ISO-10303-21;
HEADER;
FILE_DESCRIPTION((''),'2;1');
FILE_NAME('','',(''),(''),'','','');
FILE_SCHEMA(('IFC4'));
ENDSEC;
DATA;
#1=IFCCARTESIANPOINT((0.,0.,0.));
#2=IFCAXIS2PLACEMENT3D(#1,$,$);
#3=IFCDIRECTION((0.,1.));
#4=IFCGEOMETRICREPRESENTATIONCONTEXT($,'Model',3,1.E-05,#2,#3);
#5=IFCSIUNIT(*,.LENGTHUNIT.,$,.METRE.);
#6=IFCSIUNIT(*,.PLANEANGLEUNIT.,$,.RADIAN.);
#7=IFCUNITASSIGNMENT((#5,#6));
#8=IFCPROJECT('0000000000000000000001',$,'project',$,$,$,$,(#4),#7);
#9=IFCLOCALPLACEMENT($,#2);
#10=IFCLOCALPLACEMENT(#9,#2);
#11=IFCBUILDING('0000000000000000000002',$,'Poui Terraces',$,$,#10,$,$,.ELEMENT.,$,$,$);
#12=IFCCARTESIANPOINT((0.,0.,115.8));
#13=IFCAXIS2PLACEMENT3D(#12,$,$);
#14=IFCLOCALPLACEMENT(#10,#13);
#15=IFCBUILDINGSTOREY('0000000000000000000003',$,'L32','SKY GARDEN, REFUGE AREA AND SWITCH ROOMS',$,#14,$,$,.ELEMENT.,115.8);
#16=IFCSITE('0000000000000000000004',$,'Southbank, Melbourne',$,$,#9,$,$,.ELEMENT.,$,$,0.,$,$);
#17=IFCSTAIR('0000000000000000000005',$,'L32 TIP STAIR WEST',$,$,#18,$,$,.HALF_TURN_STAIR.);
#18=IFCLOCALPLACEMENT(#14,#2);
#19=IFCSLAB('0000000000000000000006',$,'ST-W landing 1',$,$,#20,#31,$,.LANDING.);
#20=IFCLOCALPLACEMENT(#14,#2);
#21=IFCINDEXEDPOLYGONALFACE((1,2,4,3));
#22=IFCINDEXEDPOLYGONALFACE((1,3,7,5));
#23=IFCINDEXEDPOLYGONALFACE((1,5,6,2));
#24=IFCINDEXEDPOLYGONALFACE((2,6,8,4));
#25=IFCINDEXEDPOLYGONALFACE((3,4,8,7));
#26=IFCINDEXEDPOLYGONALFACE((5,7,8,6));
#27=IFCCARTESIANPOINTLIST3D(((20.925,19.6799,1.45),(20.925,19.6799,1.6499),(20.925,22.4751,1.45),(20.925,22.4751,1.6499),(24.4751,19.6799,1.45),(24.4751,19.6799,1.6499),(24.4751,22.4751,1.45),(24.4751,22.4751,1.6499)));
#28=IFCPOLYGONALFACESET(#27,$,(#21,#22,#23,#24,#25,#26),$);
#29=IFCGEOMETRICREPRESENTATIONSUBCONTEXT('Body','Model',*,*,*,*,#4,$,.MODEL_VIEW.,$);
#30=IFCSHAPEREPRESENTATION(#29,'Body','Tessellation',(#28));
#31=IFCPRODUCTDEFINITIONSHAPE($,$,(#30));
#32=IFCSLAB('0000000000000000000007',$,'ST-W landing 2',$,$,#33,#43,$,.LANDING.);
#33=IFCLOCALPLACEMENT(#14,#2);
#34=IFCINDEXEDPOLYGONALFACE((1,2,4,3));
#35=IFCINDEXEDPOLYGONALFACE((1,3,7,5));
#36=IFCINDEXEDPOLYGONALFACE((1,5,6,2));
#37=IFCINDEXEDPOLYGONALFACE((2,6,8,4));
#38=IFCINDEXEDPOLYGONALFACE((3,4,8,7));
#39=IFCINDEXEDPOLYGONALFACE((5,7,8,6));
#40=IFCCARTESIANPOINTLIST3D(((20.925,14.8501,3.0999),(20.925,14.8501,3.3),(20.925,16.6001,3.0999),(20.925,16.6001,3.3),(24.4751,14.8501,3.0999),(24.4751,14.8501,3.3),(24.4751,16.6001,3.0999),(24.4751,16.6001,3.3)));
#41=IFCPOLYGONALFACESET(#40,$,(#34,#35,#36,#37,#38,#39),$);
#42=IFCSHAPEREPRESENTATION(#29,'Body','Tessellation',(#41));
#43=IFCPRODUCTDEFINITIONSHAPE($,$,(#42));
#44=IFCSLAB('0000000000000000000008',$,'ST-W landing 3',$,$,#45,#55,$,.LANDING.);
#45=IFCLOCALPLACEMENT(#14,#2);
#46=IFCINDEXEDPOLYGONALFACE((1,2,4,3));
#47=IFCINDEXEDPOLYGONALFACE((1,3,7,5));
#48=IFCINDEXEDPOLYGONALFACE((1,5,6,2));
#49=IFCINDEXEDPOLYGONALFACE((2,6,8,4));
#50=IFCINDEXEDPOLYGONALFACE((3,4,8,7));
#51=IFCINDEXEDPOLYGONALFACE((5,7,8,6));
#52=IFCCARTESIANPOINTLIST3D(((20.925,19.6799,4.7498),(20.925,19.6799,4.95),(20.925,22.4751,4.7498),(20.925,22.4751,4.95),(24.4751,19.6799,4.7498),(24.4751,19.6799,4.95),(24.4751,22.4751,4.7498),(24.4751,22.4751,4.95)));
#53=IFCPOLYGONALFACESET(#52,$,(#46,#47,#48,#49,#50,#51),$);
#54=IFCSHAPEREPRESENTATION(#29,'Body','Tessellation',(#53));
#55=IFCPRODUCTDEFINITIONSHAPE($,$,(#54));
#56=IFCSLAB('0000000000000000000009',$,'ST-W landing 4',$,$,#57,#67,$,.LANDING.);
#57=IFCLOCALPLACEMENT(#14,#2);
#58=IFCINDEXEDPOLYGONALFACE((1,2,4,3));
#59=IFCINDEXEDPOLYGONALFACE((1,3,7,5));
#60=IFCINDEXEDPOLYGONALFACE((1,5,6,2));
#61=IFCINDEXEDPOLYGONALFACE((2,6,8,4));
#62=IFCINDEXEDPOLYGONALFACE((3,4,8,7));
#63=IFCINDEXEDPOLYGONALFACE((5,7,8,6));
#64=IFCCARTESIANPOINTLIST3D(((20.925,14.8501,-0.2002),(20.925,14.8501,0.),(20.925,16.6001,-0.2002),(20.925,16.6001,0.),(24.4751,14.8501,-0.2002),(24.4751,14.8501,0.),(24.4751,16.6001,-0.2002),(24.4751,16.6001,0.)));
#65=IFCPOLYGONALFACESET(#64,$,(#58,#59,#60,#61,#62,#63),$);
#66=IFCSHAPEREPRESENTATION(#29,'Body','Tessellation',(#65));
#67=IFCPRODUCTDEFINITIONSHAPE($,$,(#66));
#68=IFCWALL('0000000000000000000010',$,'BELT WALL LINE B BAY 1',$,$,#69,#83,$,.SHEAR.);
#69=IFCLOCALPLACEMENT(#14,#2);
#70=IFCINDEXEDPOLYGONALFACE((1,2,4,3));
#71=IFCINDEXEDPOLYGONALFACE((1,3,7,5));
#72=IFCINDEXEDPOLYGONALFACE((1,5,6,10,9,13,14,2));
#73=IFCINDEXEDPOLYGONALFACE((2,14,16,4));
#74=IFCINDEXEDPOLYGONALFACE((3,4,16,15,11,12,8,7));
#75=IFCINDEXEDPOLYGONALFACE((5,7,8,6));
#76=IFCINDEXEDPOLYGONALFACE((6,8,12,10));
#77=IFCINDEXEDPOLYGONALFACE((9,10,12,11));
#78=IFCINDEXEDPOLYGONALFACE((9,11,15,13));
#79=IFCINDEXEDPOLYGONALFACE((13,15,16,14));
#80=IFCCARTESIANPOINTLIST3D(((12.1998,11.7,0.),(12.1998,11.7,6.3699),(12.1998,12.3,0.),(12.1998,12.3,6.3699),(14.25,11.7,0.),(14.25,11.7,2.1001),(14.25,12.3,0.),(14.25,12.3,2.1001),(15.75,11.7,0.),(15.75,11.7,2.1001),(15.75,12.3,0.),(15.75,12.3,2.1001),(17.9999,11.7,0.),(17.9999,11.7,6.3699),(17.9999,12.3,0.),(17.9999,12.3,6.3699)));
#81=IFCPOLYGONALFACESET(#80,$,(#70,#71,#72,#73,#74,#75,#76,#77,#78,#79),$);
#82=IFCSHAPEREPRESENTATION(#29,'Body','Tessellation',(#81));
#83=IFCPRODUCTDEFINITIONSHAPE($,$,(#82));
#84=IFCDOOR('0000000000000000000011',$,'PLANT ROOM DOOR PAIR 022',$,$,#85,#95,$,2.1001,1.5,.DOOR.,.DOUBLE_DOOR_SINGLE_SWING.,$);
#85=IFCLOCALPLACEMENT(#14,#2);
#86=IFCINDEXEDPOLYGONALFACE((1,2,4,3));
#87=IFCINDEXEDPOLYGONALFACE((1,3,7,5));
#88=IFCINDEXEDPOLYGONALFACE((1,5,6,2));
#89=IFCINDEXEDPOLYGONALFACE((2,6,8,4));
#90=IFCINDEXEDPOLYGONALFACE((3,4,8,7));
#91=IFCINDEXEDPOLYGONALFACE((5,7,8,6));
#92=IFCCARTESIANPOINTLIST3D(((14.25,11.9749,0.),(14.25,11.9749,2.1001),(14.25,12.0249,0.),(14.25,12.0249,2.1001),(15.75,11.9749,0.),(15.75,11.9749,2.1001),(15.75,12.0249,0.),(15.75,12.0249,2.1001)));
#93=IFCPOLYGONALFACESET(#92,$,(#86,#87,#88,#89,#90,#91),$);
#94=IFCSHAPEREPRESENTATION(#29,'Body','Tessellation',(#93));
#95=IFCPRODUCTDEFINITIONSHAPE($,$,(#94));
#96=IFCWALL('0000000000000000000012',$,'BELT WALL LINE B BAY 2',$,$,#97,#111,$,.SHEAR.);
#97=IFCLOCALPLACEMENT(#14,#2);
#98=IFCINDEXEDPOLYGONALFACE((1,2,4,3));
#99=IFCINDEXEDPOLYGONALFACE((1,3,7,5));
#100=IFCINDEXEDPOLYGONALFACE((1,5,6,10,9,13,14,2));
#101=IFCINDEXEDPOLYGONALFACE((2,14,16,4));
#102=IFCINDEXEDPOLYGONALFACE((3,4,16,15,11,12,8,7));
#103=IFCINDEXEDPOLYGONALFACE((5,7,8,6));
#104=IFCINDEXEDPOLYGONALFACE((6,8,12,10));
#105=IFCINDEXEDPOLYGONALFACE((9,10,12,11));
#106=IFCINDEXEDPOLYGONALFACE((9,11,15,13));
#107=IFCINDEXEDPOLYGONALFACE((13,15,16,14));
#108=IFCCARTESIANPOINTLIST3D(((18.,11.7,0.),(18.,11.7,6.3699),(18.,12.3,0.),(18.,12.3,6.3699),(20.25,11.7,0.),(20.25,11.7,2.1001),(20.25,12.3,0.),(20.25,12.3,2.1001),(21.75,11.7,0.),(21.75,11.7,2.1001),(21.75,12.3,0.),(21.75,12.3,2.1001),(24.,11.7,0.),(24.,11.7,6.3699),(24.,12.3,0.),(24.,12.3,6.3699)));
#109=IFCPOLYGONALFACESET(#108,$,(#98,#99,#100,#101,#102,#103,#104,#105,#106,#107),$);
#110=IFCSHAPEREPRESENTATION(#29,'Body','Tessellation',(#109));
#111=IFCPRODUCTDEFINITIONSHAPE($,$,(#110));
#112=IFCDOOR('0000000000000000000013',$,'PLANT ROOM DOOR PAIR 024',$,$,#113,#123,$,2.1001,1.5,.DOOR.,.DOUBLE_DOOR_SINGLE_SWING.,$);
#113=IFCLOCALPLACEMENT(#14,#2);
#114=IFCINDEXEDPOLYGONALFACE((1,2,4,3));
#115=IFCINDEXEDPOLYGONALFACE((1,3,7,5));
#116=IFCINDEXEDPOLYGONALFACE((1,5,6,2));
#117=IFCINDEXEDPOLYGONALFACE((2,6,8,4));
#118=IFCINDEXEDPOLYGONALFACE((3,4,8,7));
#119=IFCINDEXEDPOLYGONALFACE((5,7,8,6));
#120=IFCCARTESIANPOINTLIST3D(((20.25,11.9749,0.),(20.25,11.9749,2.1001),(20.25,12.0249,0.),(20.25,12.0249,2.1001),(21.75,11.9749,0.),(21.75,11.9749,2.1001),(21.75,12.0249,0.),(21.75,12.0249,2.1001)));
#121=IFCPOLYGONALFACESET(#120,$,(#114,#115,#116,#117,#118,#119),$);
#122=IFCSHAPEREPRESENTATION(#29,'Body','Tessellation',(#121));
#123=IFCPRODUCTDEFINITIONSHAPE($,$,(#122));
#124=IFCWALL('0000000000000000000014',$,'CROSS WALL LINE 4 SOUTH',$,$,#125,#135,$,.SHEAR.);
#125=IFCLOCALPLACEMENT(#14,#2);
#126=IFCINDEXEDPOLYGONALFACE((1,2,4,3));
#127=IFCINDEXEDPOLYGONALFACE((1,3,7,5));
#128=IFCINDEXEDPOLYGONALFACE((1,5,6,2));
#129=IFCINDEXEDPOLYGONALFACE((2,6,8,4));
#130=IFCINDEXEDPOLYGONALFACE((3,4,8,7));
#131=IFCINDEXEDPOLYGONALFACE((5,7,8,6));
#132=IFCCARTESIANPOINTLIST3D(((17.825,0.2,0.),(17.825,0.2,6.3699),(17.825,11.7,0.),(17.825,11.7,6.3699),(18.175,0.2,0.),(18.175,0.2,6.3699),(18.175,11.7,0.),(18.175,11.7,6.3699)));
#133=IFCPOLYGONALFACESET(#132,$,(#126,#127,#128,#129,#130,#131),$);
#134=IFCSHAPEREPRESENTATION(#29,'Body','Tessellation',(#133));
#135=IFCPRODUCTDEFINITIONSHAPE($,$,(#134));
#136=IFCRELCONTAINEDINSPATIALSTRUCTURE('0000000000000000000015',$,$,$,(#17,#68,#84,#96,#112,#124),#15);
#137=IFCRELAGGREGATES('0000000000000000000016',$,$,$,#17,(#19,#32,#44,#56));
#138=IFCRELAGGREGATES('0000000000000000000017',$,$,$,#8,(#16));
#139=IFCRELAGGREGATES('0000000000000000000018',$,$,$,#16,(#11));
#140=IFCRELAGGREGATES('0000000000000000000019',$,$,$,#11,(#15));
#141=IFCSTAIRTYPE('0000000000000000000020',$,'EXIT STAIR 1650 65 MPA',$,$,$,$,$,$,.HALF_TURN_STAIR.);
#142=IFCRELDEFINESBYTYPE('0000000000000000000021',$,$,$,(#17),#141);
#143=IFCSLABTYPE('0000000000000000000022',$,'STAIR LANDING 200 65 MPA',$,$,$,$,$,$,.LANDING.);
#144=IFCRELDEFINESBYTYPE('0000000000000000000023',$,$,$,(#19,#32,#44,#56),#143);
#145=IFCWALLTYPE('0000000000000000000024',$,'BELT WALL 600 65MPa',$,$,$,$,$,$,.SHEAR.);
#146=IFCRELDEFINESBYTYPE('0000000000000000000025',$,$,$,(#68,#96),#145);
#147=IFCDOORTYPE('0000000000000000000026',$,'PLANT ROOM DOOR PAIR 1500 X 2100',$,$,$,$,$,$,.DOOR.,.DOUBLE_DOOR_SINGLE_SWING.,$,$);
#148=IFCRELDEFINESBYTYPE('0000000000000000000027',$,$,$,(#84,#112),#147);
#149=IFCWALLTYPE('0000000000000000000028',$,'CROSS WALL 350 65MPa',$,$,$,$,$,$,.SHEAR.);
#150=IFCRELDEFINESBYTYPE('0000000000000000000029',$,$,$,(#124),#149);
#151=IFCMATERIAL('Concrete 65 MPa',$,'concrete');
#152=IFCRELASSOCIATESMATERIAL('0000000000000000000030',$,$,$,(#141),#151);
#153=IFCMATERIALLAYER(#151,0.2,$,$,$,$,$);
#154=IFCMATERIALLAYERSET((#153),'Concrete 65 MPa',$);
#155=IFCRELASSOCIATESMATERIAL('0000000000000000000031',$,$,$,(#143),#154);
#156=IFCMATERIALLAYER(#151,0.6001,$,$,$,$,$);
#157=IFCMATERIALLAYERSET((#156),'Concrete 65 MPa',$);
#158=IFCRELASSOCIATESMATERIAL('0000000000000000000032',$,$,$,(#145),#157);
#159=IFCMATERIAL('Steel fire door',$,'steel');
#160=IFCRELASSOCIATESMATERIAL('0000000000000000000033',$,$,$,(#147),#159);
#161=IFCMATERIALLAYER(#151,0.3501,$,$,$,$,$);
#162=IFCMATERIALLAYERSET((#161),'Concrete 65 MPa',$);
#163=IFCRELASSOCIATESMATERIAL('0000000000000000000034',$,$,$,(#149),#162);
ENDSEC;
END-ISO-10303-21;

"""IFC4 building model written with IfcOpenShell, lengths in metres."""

from ifc_helpers import new_model, si_unit, direction, frame, frame_2d, origin, place, context, subcontext, project, spatial, polyline, rectangle, outline, extrude, material, layer, layer_set, type_object, element, fill, aggregate, save


model = new_model("IFC4")

# Units and contexts
model_context = context("Model", 3, precision=1e-05, world=origin(), true_north=direction((0.0, 1.0)))
body_context = subcontext(model_context, "Body", "Model", "MODEL_VIEW")
ifc_project = project(units=[si_unit("LENGTHUNIT", "METRE"), si_unit("PLANEANGLEUNIT", "RADIAN")], contexts=[model_context])

# Site, building, storey
site_placement = place(None, origin())
site = spatial("IfcSite", under=ifc_project, at=site_placement, Name="Southbank, Melbourne", CompositionType="ELEMENT", RefElevation=0.0)
building_placement = place(site_placement, origin())
building = spatial("IfcBuilding", under=site, at=building_placement, Name="Poui Terraces", CompositionType="ELEMENT")
storey_placement = place(building_placement, frame((0.0, 0.0, 115.8)))
storey = spatial("IfcBuildingStorey", under=building, at=storey_placement, Name="L32", Description="SKY GARDEN, REFUGE AREA AND SWITCH ROOMS", CompositionType="ELEMENT", Elevation=115.8)

# Stair, slabs
ifc_material_1 = material(Name="Concrete 65 MPa", Category="concrete")
stair_type = type_object("IfcStairType", Name="EXIT STAIR 1650 65 MPA", PredefinedType="HALF_TURN_STAIR", material=ifc_material_1)
stair_placement = place(storey_placement, origin())
stair = element("IfcStair", 1, at=stair_placement, inside=storey, type_object=stair_type, Name="L32 TIP STAIR WEST", PredefinedType="HALF_TURN_STAIR")
ifc_layer_1 = layer(ifc_material_1, 0.2)
ifc_layer_set_1 = layer_set([ifc_layer_1], Name="Concrete 65 MPa")
slab_type = type_object("IfcSlabType", Name="STAIR LANDING 200 65 MPA", PredefinedType="LANDING", material=ifc_layer_set_1)
slab_1_placement = place(storey_placement, frame((0.0, 0.0, 1.45)))
slab_1 = element("IfcSlab", 2, at=slab_1_placement, type_object=slab_type, Name="ST-W landing 1", PredefinedType="LANDING", context=body_context, shape_type="SweptSolid", body=[
    extrude(outline(polyline([(20.925, 19.6799), (24.4751, 19.6799), (24.4751, 22.4751), (20.925, 22.4751), (20.925, 19.6799)])), origin(), (0.0, 0.0, 1.0), 0.2),
])
slab_2_placement = place(storey_placement, frame((0.0, 0.0, 3.0999)))
slab_2 = element("IfcSlab", 3, at=slab_2_placement, type_object=slab_type, Name="ST-W landing 2", PredefinedType="LANDING", context=body_context, shape_type="SweptSolid", body=[
    extrude(outline(polyline([(20.925, 14.8501), (24.4751, 14.8501), (24.4751, 16.6001), (20.925, 16.6001), (20.925, 14.8501)])), origin(), (0.0, 0.0, 1.0), 0.2002),
])
slab_3_placement = place(storey_placement, frame((0.0, 0.0, 4.7498)))
slab_3 = element("IfcSlab", 4, at=slab_3_placement, type_object=slab_type, Name="ST-W landing 3", PredefinedType="LANDING", context=body_context, shape_type="SweptSolid", body=[
    extrude(outline(polyline([(20.925, 19.6799), (24.4751, 19.6799), (24.4751, 22.4751), (20.925, 22.4751), (20.925, 19.6799)])), origin(), (0.0, 0.0, 1.0), 0.2002),
])
slab_4_placement = place(storey_placement, frame((0.0, 0.0, -0.2002)))
slab_4 = element("IfcSlab", 5, at=slab_4_placement, type_object=slab_type, Name="ST-W landing 4", PredefinedType="LANDING", context=body_context, shape_type="SweptSolid", body=[
    extrude(outline(polyline([(20.925, 14.8501), (24.4751, 14.8501), (24.4751, 16.6001), (20.925, 16.6001), (20.925, 14.8501)])), origin(), (0.0, 0.0, 1.0), 0.2002),
])
aggregate(stair, [slab_1, slab_2, slab_3, slab_4])

# Walls, openings, doors
ifc_layer_2 = layer(ifc_material_1, 0.6001)
ifc_layer_set_2 = layer_set([ifc_layer_2], Name="Concrete 65 MPa")
wall_type_1 = type_object("IfcWallType", Name="BELT WALL 600 65MPa", PredefinedType="SHEAR", material=ifc_layer_set_2)
wall_1_placement = place(storey_placement, frame((12.2, 12.0, 0.0), z_axis=(0.0, 0.0, 1.0), x_axis=(1.0, 0.0, 0.0)))
wall_1 = element("IfcWall", 6, at=wall_1_placement, inside=storey, type_object=wall_type_1, Name="BELT WALL LINE B BAY 1", PredefinedType="SHEAR", context=body_context, shape_type="SweptSolid", body=[
    extrude(rectangle(XDim=5.8, YDim=0.6001, at=frame_2d((2.8999, 0.0))), origin(), (0.0, 0.0, 1.0), 6.3699),
])
opening_1_placement = place(wall_1_placement, frame((2.05, 0.0, 0.0)))
opening_1 = element("IfcOpeningElement", 7, at=opening_1_placement, cuts=wall_1, PredefinedType="OPENING", context=body_context, shape_type="SweptSolid", body=[
    extrude(rectangle(XDim=1.5, YDim=2.1001, at=frame_2d((0.75, 1.05))), frame((0.0, 0.3101, 0.0), z_axis=(0.0, -1.0, 0.0), x_axis=(1.0, 0.0, 0.0)), (0.0, 0.0, 1.0), 0.6201),
])
ifc_material_2 = material(Name="Steel fire door", Category="steel")
door_type_1 = type_object("IfcDoorType", Name="PLANT ROOM DOOR PAIR 1500 X 2100", OperationType="DOUBLE_DOOR_SINGLE_SWING", PredefinedType="DOOR", material=ifc_material_2)
door_1_placement = place(opening_1_placement, origin())
door_1 = element("IfcDoor", 8, at=door_1_placement, inside=storey, type_object=door_type_1, Name="PLANT ROOM DOOR PAIR 022", OperationType="DOUBLE_DOOR_SINGLE_SWING", OverallHeight=2.1001, OverallWidth=1.5, PredefinedType="DOOR", context=body_context, shape_type="SweptSolid", body=[
    extrude(rectangle(XDim=1.5, YDim=2.1001, at=frame_2d((0.75, 1.05))), frame((0.0, 0.0249, 0.0), z_axis=(0.0, -1.0, 0.0), x_axis=(1.0, 0.0, 0.0)), (0.0, 0.0, 1.0), 0.05),
])
fill(opening_1, door_1)
wall_2_placement = place(storey_placement, frame((18.0, 12.0, 0.0), z_axis=(0.0, 0.0, 1.0), x_axis=(1.0, 0.0, 0.0)))
wall_2 = element("IfcWall", 9, at=wall_2_placement, inside=storey, type_object=wall_type_1, Name="BELT WALL LINE B BAY 2", PredefinedType="SHEAR", context=body_context, shape_type="SweptSolid", body=[
    extrude(rectangle(XDim=6.0, YDim=0.6001, at=frame_2d((3.0, 0.0))), origin(), (0.0, 0.0, 1.0), 6.3699),
])
opening_2_placement = place(wall_2_placement, frame((2.25, 0.0, 0.0)))
opening_2 = element("IfcOpeningElement", 10, at=opening_2_placement, cuts=wall_2, PredefinedType="OPENING", context=body_context, shape_type="SweptSolid", body=[
    extrude(rectangle(XDim=1.5, YDim=2.1001, at=frame_2d((0.75, 1.05))), frame((0.0, 0.3101, 0.0), z_axis=(0.0, -1.0, 0.0), x_axis=(1.0, 0.0, 0.0)), (0.0, 0.0, 1.0), 0.6201),
])
door_2_placement = place(opening_2_placement, origin())
door_2 = element("IfcDoor", 11, at=door_2_placement, inside=storey, type_object=door_type_1, Name="PLANT ROOM DOOR PAIR 024", OperationType="DOUBLE_DOOR_SINGLE_SWING", OverallHeight=2.1001, OverallWidth=1.5, PredefinedType="DOOR", context=body_context, shape_type="SweptSolid", body=[
    extrude(rectangle(XDim=1.5, YDim=2.1001, at=frame_2d((0.75, 1.05))), frame((0.0, 0.0249, 0.0), z_axis=(0.0, -1.0, 0.0), x_axis=(1.0, 0.0, 0.0)), (0.0, 0.0, 1.0), 0.05),
])
fill(opening_2, door_2)

# Wall
ifc_layer_3 = layer(ifc_material_1, 0.3501)
ifc_layer_set_3 = layer_set([ifc_layer_3], Name="Concrete 65 MPa")
wall_type_2 = type_object("IfcWallType", Name="CROSS WALL 350 65MPa", PredefinedType="SHEAR", material=ifc_layer_set_3)
wall_3_placement = place(storey_placement, frame((18.0, 0.2, 0.0), z_axis=(0.0, 0.0, 1.0), x_axis=(0.0, 1.0, 0.0)))
element("IfcWall", 12, at=wall_3_placement, inside=storey, type_object=wall_type_2, Name="CROSS WALL LINE 4 SOUTH", PredefinedType="SHEAR", context=body_context, shape_type="SweptSolid", body=[
    extrude(rectangle(XDim=11.5, YDim=0.3501, at=frame_2d((5.75, 0.0))), origin(), (0.0, 0.0, 1.0), 6.3699),
])

save(model, "model.ifc")
